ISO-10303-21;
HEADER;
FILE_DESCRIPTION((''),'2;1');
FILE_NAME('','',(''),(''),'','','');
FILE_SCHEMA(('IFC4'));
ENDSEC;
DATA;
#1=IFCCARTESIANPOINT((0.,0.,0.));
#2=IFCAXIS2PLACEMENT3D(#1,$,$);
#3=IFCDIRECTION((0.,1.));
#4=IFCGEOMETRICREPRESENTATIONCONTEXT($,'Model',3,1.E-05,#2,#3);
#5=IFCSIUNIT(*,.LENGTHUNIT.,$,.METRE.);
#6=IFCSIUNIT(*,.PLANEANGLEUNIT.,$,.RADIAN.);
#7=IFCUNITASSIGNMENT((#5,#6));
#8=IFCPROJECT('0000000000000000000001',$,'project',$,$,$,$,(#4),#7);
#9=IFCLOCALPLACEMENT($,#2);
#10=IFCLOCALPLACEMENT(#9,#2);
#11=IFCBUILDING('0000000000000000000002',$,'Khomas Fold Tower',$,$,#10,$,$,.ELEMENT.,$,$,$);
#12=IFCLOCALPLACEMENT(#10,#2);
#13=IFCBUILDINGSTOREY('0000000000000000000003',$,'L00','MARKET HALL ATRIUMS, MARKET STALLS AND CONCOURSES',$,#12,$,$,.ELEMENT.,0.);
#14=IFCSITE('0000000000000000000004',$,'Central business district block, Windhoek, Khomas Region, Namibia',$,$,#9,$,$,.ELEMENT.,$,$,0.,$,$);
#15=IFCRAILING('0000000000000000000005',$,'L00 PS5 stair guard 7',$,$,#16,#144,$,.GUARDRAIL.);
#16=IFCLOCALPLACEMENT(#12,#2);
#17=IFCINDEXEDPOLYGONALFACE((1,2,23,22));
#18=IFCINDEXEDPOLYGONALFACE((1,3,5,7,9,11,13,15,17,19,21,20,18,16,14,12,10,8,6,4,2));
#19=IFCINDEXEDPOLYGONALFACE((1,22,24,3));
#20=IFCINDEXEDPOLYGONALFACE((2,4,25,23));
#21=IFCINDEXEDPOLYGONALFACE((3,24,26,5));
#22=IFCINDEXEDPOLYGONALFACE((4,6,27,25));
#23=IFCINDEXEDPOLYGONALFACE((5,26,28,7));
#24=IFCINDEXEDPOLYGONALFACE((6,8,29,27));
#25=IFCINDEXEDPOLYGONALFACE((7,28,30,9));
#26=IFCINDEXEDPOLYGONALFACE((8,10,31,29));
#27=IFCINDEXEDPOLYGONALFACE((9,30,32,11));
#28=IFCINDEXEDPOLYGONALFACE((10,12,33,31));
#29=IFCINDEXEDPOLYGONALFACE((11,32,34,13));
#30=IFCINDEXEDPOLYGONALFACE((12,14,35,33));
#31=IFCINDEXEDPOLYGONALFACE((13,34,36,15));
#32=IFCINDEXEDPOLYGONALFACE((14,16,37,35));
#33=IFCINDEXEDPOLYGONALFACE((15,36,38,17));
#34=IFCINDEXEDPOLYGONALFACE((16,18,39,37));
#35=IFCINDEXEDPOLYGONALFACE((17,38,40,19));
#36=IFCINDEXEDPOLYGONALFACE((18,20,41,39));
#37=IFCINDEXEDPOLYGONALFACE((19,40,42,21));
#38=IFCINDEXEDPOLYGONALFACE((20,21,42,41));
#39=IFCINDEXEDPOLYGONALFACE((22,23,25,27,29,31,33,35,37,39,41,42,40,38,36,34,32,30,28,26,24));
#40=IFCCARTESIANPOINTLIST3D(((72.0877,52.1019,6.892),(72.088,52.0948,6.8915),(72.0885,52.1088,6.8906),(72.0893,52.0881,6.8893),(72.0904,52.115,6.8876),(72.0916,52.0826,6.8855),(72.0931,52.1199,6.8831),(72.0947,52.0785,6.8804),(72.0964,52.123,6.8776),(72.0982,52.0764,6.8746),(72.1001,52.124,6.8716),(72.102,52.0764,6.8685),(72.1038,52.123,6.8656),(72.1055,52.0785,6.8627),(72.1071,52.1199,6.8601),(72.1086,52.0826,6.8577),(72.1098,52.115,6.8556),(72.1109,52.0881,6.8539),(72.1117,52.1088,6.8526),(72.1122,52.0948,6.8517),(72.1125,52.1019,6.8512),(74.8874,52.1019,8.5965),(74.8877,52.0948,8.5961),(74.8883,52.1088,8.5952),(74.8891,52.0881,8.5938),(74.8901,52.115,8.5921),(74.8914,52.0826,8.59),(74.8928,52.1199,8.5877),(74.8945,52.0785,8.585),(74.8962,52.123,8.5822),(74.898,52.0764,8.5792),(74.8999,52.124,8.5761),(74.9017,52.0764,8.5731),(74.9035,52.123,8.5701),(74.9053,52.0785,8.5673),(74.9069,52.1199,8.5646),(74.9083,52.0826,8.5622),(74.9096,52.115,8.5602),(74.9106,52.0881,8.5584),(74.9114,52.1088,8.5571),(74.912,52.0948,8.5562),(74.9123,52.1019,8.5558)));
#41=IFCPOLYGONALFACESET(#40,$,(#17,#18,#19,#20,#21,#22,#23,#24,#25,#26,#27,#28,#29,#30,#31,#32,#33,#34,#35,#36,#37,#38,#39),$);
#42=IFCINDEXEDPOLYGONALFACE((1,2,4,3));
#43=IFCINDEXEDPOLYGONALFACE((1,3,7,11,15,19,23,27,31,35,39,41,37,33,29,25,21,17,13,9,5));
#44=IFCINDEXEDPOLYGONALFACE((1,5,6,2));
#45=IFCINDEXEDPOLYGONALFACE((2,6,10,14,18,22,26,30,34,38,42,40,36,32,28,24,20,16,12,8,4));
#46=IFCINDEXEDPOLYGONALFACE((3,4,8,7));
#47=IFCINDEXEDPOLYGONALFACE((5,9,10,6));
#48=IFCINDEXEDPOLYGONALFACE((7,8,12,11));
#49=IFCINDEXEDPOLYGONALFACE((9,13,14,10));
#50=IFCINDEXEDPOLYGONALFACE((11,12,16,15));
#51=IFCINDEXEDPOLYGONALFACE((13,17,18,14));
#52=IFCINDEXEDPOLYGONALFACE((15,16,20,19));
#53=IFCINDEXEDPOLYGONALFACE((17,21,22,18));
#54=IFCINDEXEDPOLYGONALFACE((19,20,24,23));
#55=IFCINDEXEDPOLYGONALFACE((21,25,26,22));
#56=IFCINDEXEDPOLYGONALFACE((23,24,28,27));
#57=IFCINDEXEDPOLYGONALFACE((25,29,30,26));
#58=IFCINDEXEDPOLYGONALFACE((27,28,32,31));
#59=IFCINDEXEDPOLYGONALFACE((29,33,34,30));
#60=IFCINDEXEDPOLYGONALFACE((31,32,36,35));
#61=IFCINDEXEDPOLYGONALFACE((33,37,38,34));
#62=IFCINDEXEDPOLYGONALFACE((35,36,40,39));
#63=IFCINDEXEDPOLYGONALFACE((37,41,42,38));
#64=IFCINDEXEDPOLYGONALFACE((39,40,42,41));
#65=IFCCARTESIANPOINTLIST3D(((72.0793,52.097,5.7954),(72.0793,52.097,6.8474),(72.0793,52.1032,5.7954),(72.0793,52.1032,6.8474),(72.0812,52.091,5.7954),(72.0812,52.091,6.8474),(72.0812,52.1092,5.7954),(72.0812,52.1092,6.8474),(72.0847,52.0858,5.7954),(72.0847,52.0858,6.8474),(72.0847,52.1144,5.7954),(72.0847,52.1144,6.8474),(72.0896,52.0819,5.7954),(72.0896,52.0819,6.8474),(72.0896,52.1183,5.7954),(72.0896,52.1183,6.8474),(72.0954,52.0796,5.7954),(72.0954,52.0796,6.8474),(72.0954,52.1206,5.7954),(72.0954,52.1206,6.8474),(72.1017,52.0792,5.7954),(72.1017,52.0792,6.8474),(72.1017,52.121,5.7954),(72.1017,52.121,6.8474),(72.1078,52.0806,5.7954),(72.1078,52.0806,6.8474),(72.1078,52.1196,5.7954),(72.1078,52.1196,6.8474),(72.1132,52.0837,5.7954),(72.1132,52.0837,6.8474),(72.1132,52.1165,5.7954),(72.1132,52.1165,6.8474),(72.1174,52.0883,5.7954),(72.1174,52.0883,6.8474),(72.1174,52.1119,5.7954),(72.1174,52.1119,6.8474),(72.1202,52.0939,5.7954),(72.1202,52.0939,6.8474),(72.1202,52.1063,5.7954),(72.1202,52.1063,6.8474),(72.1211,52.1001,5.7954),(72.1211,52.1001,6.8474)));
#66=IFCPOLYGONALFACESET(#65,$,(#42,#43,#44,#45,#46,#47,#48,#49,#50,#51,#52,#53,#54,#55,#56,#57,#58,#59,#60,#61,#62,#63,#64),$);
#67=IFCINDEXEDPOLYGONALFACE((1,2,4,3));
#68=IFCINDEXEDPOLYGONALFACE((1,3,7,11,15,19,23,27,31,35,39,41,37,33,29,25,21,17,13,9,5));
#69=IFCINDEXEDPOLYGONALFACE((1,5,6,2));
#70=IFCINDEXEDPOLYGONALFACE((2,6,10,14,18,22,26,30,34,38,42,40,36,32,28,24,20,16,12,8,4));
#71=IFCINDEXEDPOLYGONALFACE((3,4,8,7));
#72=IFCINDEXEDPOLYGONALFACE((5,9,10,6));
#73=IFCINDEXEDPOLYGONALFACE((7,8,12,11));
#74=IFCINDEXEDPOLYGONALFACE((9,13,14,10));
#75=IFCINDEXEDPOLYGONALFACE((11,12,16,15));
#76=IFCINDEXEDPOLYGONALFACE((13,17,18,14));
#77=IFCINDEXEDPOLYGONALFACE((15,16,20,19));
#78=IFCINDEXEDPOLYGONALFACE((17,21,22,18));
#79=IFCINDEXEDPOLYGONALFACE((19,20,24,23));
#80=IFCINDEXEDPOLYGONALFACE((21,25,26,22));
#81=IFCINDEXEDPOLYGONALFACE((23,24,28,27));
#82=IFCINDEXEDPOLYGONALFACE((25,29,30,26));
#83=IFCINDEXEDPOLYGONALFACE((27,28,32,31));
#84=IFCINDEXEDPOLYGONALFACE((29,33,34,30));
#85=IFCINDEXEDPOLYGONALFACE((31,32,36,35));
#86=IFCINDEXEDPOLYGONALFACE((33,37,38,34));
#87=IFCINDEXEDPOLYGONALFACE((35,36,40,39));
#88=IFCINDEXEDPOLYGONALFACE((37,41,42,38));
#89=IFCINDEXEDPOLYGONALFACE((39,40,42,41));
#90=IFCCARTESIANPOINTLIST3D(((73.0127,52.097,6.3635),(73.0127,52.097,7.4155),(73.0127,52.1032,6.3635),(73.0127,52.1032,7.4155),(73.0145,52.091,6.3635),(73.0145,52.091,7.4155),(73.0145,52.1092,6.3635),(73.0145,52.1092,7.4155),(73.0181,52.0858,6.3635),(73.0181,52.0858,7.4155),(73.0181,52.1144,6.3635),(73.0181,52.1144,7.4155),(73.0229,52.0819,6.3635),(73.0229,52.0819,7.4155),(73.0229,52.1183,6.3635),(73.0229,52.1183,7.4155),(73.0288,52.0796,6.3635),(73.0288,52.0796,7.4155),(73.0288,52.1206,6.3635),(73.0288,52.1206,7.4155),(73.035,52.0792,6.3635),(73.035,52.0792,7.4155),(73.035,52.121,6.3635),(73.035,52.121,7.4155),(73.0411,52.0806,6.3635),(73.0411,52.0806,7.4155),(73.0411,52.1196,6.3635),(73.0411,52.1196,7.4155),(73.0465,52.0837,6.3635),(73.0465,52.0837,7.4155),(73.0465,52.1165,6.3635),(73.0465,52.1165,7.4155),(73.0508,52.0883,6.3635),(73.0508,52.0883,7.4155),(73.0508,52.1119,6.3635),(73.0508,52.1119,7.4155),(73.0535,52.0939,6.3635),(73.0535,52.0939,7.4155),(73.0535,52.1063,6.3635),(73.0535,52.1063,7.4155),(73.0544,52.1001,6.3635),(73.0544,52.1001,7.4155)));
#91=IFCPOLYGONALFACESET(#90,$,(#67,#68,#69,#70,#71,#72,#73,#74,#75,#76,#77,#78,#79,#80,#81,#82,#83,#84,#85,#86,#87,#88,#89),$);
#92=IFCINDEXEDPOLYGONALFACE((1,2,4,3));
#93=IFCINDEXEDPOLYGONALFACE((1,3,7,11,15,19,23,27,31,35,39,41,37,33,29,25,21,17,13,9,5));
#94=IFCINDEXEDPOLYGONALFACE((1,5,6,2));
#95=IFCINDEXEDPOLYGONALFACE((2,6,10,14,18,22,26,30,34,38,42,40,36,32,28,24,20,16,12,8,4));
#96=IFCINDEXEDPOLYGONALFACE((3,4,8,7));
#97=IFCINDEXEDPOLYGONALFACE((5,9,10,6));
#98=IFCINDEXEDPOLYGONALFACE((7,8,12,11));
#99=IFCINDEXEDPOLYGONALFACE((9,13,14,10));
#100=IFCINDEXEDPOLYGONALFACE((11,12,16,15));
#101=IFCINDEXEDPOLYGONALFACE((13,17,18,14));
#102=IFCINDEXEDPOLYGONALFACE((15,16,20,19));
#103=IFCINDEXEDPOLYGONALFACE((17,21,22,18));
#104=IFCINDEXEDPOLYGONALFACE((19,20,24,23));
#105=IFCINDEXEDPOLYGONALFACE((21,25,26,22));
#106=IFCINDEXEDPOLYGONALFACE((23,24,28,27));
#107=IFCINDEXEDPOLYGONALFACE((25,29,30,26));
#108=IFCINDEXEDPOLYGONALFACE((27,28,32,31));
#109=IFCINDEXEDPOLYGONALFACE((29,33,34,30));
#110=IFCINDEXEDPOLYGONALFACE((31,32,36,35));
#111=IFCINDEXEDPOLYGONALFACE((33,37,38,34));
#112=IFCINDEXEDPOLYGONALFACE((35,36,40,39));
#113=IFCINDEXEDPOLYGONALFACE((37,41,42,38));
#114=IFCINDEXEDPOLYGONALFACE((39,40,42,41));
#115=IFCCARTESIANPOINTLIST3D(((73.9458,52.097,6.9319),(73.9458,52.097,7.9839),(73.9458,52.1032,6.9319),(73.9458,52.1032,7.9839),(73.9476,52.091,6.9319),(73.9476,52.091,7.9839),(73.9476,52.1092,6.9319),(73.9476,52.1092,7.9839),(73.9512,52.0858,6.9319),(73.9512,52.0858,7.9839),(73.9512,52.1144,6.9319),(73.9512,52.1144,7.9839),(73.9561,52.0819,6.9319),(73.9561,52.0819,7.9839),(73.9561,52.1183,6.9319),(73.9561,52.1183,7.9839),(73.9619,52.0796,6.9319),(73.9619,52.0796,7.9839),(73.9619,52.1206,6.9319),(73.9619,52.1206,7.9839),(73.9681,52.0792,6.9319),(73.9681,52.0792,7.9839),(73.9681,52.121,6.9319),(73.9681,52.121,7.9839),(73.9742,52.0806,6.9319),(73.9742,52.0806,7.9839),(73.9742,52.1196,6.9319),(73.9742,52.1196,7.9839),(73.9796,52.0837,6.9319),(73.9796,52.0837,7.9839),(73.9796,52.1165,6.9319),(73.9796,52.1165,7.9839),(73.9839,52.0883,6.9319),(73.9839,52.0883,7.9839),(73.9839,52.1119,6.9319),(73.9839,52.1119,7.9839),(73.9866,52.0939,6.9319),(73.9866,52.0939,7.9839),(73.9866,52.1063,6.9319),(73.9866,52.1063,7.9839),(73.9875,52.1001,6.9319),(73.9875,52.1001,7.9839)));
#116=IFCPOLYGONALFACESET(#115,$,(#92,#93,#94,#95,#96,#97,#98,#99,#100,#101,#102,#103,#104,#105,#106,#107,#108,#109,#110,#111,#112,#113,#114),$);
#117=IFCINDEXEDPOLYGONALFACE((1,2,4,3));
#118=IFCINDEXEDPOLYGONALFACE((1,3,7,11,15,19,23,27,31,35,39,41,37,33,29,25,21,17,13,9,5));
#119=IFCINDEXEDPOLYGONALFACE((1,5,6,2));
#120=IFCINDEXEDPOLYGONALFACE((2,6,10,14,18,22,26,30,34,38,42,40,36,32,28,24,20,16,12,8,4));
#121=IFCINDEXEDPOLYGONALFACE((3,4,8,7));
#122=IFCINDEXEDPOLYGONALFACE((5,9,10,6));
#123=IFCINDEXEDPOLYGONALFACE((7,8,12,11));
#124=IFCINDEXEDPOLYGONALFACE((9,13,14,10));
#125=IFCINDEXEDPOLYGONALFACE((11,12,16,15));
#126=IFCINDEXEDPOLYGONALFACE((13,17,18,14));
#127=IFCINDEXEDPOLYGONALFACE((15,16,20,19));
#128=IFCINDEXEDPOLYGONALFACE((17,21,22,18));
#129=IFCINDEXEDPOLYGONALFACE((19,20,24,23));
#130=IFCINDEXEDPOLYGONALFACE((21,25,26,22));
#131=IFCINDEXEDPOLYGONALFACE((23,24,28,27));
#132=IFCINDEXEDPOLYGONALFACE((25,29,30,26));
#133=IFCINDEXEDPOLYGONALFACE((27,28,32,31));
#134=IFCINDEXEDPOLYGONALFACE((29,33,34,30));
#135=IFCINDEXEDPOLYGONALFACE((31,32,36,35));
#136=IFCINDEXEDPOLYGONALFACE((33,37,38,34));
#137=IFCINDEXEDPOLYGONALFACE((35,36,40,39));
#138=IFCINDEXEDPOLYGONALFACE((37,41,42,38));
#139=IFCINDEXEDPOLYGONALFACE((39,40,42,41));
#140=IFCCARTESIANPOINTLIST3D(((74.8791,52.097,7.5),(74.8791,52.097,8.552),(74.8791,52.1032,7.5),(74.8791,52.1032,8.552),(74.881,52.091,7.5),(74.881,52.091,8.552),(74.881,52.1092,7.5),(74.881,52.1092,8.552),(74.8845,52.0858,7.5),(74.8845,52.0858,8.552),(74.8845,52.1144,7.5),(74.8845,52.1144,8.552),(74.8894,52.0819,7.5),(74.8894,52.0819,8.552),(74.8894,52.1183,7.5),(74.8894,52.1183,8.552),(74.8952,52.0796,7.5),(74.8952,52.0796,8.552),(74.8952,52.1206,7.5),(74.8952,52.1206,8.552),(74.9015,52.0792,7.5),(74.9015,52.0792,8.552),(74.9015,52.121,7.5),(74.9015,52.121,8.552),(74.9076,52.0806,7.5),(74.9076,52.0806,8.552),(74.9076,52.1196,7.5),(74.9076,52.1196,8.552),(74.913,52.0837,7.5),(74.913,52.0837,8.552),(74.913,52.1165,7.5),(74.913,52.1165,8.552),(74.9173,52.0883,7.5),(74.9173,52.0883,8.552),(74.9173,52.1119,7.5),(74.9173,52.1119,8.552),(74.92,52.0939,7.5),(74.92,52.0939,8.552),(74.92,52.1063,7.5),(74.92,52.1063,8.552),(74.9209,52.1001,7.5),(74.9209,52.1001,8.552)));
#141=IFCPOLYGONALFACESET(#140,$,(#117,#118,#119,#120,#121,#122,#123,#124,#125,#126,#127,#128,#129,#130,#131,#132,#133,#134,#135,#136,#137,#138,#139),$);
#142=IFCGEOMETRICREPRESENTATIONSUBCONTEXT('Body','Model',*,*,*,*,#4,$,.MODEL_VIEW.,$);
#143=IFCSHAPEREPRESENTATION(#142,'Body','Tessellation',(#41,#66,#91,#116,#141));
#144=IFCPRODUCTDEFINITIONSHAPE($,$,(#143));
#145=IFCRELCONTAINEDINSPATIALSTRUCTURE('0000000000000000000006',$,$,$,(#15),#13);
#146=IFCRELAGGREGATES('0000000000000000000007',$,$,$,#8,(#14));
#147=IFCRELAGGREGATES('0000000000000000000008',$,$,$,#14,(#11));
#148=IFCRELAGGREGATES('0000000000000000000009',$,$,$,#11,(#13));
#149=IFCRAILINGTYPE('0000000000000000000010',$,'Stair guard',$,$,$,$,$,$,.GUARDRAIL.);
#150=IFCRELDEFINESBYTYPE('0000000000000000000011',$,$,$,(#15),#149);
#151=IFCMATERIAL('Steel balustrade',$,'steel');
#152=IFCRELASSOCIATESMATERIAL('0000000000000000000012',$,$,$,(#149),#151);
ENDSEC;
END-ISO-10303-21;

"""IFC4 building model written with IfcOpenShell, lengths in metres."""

from ifc_helpers import new_model, si_unit, direction, frame, origin, origin_2d, place, context, subcontext, project, spatial, circle, extrude, source, transform, mapped, material, type_object, element, save


model = new_model("IFC4")

# Units and contexts
model_context = context("Model", 3, precision=1e-05, world=origin(), true_north=direction((0.0, 1.0)))
body_context = subcontext(model_context, "Body", "Model", "MODEL_VIEW")
ifc_project = project(units=[si_unit("LENGTHUNIT", "METRE"), si_unit("PLANEANGLEUNIT", "RADIAN")], contexts=[model_context])

# Site, building, storey
site_placement = place(None, origin())
site = spatial("IfcSite", under=ifc_project, at=site_placement, Name="Central business district block, Windhoek, Khomas Region, Namibia", CompositionType="ELEMENT", RefElevation=0.0)
building_placement = place(site_placement, origin())
building = spatial("IfcBuilding", under=site, at=building_placement, Name="Khomas Fold Tower", CompositionType="ELEMENT")
storey_placement = place(building_placement, origin())
storey = spatial("IfcBuildingStorey", under=building, at=storey_placement, Name="L00", Description="MARKET HALL ATRIUMS, MARKET STALLS AND CONCOURSES", CompositionType="ELEMENT", Elevation=0.0)

# Railing
ifc_material_1 = material(Name="Steel balustrade", Category="steel")
railing_type_1 = type_object("IfcRailingType", Name="Stair guard", PredefinedType="GUARDRAIL", material=ifc_material_1)
shared_shape_1 = source(origin(), body_context, "Body", "SweptSolid", [
    extrude(circle(Radius=0.0239, at=origin_2d()), frame((0.0, 0.0, 1.0762), z_axis=(0.85415, 0.0, 0.520027), x_axis=(0.0, 1.0, 0.0)), (0.0, 0.0, 1.0), 3.2778),
    extrude(circle(Radius=0.021, at=origin_2d()), origin(), (0.0, 0.0, 1.0), 1.052),
    extrude(circle(Radius=0.021, at=origin_2d()), frame((0.9333, 0.0, 0.5681)), (0.0, 0.0, 1.0), 1.052),
    extrude(circle(Radius=0.021, at=origin_2d()), frame((1.8665, 0.0, 1.1365)), (0.0, 0.0, 1.0), 1.052),
    extrude(circle(Radius=0.021, at=origin_2d()), frame((2.7998, 0.0, 1.7046)), (0.0, 0.0, 1.0), 1.052),
])
for number, where, name in (
    (1, (72.1001, 52.1001, 5.7954), "L00 PS5 stair guard 7"),
):
    element("IfcRailing", number, at=place(storey_placement, frame(where)), inside=storey, type_object=railing_type_1, Name=name, PredefinedType="GUARDRAIL", context=body_context, shape_type="MappedRepresentation", body=[
        mapped(shared_shape_1, transform((0.0, 0.0, 0.0))),
    ])

save(model, "model.ifc")
